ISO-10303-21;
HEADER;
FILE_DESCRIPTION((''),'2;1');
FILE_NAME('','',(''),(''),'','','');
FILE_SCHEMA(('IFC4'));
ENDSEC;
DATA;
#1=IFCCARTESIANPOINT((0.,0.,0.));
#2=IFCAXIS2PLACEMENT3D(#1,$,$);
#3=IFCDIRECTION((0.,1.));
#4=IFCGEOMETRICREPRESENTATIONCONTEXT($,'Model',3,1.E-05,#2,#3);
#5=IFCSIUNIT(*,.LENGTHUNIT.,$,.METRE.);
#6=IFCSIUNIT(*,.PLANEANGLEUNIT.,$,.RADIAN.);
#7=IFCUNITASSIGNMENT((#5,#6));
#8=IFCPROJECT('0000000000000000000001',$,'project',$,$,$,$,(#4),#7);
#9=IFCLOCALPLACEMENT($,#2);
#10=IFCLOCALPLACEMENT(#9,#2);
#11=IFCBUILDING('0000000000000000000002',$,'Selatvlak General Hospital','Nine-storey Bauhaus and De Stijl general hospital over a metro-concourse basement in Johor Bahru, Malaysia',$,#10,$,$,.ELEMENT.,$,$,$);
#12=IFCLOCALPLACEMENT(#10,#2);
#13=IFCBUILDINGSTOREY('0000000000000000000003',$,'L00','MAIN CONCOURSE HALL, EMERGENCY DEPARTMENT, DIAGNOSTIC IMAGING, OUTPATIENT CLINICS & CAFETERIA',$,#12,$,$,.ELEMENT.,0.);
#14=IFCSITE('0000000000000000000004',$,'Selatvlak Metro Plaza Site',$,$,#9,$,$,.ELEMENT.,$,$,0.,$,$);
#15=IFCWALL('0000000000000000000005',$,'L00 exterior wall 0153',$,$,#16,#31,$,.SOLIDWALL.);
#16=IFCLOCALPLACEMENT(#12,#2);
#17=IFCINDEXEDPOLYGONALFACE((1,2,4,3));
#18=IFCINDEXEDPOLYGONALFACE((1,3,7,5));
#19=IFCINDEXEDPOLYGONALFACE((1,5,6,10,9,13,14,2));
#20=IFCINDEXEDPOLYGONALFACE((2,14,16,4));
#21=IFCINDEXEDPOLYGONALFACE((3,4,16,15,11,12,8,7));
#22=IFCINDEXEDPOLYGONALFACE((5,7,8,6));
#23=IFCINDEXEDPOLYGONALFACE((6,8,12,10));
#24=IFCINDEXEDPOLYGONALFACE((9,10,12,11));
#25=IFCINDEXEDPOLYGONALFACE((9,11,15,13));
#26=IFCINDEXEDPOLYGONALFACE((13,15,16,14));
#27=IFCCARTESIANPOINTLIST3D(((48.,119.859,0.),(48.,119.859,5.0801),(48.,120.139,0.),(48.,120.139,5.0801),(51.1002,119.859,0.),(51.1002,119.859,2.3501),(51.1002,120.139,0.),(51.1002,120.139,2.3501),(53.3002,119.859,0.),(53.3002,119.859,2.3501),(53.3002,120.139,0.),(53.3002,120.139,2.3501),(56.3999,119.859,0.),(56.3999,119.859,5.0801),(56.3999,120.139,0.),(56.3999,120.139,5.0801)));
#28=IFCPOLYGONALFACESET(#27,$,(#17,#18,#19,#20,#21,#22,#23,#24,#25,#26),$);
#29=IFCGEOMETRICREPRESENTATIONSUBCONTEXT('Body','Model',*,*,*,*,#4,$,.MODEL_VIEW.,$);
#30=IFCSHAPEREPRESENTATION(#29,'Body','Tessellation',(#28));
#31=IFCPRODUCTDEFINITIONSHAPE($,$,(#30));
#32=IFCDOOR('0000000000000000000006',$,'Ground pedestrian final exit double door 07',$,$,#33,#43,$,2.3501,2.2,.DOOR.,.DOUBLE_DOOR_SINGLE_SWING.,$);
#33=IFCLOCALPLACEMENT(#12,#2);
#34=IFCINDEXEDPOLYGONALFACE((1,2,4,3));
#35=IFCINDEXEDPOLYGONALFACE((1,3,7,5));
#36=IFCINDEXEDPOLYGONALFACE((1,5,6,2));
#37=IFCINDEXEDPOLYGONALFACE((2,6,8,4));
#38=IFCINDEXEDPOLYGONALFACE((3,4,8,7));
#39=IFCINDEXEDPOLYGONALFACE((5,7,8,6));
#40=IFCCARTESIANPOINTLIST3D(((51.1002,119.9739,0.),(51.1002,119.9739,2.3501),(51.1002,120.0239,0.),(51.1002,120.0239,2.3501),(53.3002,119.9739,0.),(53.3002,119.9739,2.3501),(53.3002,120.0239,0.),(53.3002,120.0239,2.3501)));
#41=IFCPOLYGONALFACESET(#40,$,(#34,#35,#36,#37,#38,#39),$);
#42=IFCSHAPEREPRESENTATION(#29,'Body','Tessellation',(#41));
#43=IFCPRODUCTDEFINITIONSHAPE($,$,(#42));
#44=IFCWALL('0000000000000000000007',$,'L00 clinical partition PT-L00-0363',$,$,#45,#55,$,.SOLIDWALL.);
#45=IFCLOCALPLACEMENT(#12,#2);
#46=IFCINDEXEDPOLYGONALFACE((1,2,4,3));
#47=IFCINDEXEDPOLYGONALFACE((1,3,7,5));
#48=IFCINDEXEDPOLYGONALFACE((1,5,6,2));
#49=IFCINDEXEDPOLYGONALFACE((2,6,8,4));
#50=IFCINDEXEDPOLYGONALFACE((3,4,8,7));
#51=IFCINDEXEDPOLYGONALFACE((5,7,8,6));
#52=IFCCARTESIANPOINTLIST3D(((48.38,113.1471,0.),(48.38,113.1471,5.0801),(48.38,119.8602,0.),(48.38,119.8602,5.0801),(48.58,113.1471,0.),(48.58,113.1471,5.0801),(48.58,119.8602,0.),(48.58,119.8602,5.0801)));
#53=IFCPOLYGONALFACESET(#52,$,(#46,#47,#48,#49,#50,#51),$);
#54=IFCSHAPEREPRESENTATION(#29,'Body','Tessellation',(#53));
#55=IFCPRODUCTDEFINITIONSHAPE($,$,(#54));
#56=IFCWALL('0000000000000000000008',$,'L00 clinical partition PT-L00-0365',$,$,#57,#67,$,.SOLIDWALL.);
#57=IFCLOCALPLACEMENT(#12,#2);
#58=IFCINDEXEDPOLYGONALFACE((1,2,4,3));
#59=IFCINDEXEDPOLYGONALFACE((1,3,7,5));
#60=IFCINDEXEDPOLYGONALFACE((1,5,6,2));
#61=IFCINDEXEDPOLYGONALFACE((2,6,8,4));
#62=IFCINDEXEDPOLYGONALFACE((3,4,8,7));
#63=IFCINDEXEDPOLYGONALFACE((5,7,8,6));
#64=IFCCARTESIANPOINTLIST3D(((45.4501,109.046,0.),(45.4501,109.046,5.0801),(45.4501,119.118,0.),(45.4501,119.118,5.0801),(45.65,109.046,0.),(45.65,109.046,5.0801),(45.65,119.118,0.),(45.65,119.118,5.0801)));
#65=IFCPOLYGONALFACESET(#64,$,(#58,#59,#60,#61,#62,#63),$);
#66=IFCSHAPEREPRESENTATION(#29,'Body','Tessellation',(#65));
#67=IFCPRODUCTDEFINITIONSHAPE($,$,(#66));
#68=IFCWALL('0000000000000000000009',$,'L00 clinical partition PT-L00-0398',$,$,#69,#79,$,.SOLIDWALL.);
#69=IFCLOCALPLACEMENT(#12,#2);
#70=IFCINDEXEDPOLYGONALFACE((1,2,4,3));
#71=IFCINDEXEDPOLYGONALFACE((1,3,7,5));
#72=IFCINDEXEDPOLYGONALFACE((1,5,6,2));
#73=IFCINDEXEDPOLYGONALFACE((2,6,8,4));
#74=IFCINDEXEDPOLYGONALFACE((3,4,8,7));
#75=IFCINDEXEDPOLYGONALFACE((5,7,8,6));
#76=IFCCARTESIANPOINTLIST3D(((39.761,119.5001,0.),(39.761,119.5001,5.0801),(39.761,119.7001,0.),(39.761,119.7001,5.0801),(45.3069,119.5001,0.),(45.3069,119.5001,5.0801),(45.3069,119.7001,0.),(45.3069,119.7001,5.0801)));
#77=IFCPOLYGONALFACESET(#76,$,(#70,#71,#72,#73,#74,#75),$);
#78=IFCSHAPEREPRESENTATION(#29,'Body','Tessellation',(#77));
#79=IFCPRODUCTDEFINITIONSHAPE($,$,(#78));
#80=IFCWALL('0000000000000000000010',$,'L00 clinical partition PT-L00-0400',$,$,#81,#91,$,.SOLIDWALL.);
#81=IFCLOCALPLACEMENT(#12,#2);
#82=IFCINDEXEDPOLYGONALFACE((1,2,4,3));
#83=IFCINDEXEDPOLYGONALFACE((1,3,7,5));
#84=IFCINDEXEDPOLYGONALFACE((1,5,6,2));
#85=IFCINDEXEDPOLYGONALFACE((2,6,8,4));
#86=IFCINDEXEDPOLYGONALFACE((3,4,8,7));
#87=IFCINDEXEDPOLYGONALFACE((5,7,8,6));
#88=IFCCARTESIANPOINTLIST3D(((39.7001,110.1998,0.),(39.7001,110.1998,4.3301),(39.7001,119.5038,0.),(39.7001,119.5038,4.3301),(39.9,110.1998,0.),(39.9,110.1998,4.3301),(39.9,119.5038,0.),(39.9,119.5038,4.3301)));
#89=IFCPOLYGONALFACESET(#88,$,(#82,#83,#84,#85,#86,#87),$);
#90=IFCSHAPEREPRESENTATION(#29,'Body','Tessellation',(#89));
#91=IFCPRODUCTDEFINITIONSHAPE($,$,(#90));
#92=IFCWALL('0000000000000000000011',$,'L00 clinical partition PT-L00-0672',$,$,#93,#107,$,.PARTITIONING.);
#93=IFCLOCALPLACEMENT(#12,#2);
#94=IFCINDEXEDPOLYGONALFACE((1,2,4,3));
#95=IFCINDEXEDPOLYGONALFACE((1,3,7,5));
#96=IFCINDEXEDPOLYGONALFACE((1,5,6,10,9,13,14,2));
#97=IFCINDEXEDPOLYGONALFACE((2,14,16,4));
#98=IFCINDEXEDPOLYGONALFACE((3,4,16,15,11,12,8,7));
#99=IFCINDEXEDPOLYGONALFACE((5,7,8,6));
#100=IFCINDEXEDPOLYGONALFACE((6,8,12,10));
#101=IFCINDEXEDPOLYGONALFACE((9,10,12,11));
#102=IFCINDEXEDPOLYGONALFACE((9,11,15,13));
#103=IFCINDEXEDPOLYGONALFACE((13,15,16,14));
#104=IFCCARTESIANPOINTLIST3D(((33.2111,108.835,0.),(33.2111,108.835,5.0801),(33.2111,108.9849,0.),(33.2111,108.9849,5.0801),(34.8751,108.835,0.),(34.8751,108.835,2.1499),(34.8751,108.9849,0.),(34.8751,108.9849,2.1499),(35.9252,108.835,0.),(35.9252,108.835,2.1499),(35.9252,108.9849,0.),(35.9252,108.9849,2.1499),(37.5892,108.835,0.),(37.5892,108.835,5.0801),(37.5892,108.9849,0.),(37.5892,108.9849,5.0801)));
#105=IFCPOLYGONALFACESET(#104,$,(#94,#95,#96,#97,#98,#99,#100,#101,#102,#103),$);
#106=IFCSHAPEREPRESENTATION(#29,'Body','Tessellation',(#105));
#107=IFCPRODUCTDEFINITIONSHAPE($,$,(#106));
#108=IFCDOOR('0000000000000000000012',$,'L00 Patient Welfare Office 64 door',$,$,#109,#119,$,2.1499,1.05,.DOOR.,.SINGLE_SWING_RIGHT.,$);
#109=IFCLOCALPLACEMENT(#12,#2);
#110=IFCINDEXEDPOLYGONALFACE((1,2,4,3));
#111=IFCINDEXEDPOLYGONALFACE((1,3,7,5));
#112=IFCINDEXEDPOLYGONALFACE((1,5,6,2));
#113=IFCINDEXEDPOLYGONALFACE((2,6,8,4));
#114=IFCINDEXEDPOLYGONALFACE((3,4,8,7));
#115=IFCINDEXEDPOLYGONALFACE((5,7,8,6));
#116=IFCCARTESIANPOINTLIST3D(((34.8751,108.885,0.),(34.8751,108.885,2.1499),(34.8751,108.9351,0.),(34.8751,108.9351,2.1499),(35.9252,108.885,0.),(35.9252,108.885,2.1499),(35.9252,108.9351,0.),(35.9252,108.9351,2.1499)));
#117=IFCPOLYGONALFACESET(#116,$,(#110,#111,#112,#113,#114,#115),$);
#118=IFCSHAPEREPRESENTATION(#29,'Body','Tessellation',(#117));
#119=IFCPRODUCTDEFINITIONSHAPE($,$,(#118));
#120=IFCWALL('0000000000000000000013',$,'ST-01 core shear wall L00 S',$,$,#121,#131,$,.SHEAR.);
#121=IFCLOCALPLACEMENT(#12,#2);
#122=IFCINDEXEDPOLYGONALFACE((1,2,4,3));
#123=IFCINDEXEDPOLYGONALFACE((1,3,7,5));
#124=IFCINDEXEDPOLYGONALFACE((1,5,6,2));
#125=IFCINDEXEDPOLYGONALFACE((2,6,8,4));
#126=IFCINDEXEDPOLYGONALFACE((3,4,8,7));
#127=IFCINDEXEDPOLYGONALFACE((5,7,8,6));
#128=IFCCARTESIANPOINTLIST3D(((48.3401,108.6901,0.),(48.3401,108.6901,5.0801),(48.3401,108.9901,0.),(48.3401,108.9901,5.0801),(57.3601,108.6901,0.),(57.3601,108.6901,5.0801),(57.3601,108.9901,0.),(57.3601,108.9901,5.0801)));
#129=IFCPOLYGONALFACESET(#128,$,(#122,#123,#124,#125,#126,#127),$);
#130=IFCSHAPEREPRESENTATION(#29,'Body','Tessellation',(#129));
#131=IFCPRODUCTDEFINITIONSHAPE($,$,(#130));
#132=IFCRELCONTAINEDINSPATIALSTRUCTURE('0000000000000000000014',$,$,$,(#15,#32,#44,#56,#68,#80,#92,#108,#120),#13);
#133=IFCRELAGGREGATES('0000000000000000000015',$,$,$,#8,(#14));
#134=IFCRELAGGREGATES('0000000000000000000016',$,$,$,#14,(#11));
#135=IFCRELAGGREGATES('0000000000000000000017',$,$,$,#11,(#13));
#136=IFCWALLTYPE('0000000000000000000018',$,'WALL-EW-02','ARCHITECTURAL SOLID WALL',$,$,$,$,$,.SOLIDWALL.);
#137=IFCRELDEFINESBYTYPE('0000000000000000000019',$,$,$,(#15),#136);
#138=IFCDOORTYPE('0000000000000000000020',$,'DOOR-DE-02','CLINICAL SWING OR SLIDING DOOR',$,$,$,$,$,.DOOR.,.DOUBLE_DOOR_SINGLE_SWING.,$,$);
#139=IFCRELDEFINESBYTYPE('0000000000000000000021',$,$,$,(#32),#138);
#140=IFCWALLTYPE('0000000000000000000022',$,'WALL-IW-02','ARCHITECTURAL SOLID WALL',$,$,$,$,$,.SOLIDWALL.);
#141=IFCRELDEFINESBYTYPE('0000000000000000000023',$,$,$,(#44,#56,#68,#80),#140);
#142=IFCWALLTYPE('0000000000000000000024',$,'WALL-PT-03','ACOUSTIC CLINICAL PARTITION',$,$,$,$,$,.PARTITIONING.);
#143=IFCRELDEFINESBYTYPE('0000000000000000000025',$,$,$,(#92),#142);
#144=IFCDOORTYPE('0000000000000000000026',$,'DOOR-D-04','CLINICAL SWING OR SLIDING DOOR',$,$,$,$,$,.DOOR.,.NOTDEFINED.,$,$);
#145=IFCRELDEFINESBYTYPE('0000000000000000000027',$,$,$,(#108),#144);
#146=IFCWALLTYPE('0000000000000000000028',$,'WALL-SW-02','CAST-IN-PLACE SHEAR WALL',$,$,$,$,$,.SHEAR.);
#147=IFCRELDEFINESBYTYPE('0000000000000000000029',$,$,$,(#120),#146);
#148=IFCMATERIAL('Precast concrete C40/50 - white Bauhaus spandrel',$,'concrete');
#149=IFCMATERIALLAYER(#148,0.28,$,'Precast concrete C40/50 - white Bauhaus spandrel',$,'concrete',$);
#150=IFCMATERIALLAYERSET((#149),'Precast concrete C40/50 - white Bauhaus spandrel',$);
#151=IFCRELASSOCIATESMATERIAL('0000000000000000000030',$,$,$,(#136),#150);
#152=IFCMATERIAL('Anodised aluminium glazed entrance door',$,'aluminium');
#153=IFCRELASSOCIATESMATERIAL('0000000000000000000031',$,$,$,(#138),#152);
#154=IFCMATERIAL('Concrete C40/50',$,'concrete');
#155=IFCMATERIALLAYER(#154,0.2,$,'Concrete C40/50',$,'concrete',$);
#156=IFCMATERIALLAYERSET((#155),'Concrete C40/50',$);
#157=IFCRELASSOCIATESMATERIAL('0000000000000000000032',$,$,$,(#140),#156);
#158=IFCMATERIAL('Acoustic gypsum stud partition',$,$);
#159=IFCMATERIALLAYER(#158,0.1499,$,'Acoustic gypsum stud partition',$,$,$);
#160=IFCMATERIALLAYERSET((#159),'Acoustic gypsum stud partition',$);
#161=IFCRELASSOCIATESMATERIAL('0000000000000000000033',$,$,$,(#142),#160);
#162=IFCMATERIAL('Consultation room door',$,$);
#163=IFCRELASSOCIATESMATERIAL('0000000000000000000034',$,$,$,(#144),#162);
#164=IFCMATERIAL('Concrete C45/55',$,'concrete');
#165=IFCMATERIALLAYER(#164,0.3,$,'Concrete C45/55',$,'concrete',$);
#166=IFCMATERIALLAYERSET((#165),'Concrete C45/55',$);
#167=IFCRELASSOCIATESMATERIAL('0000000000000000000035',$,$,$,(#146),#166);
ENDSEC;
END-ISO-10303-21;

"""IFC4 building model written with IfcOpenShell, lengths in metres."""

from ifc_helpers import new_model, si_unit, direction, frame, frame_2d, origin, place, context, subcontext, project, spatial, rectangle, extrude, material, layer, layer_set, type_object, element, fill, save


model = new_model("IFC4")

# Units and contexts
model_context = context("Model", 3, precision=1e-05, world=origin(), true_north=direction((0.0, 1.0)))
body_context = subcontext(model_context, "Body", "Model", "MODEL_VIEW")
ifc_project = project(units=[si_unit("LENGTHUNIT", "METRE"), si_unit("PLANEANGLEUNIT", "RADIAN")], contexts=[model_context])

# Site, building, storey
site_placement = place(None, origin())
site = spatial("IfcSite", under=ifc_project, at=site_placement, Name="Selatvlak Metro Plaza Site", CompositionType="ELEMENT", RefElevation=0.0)
building_placement = place(site_placement, origin())
building = spatial("IfcBuilding", under=site, at=building_placement, Name="Selatvlak General Hospital", Description="Nine-storey Bauhaus and De Stijl general hospital over a metro-concourse basement in Johor Bahru, Malaysia", CompositionType="ELEMENT")
storey_placement = place(building_placement, origin())
storey = spatial("IfcBuildingStorey", under=building, at=storey_placement, Name="L00", Description="MAIN CONCOURSE HALL, EMERGENCY DEPARTMENT, DIAGNOSTIC IMAGING, OUTPATIENT CLINICS & CAFETERIA", CompositionType="ELEMENT", Elevation=0.0)

# Shared definitions
ifc_material_1 = material(Name="Concrete C40/50", Category="concrete")

# Wall, opening, door
ifc_material_2 = material(Name="Precast concrete C40/50 - white Bauhaus spandrel", Category="concrete")
ifc_layer_1 = layer(ifc_material_2, 0.28, Name="Precast concrete C40/50 - white Bauhaus spandrel", Category="concrete")
ifc_layer_set_1 = layer_set([ifc_layer_1], Name="Precast concrete C40/50 - white Bauhaus spandrel")
wall_type_1 = type_object("IfcWallType", Name="WALL-EW-02", Description="ARCHITECTURAL SOLID WALL", PredefinedType="SOLIDWALL", material=ifc_layer_set_1)
wall_1_placement = place(storey_placement, frame((48.0, 119.999, 0.0), z_axis=(0.0, 0.0, 1.0), x_axis=(1.0, 0.0, 0.0)))
wall_1 = element("IfcWall", 1, at=wall_1_placement, inside=storey, type_object=wall_type_1, Name="L00 exterior wall 0153", PredefinedType="SOLIDWALL", context=body_context, shape_type="SweptSolid", body=[
    extrude(rectangle(XDim=8.3999, YDim=0.28, at=frame_2d((4.2, 0.0))), origin(), (0.0, 0.0, 1.0), 5.0801),
])
opening_1_placement = place(wall_1_placement, frame((3.1001, 0.0, 0.0)))
opening_1 = element("IfcOpeningElement", 2, at=opening_1_placement, cuts=wall_1, PredefinedType="OPENING", context=body_context, shape_type="SweptSolid", body=[
    extrude(rectangle(XDim=2.2, YDim=2.3501, at=frame_2d((1.1001, 1.175))), frame((0.0, 0.1499, 0.0), z_axis=(0.0, -1.0, 0.0), x_axis=(1.0, 0.0, 0.0)), (0.0, 0.0, 1.0), 0.3),
])
ifc_material_3 = material(Name="Anodised aluminium glazed entrance door", Category="aluminium")
door_type_1 = type_object("IfcDoorType", Name="DOOR-DE-02", Description="CLINICAL SWING OR SLIDING DOOR", OperationType="DOUBLE_DOOR_SINGLE_SWING", PredefinedType="DOOR", material=ifc_material_3)
door_1_placement = place(opening_1_placement, origin())
door_1 = element("IfcDoor", 3, at=door_1_placement, inside=storey, type_object=door_type_1, Name="Ground pedestrian final exit double door 07", OperationType="DOUBLE_DOOR_SINGLE_SWING", OverallHeight=2.3501, OverallWidth=2.2, PredefinedType="DOOR", context=body_context, shape_type="SweptSolid", body=[
    extrude(rectangle(XDim=2.2, YDim=2.3501, at=frame_2d((1.1001, 1.175))), frame((0.0, 0.0249, 0.0), z_axis=(0.0, -1.0, 0.0), x_axis=(1.0, 0.0, 0.0)), (0.0, 0.0, 1.0), 0.05),
])
fill(opening_1, door_1)

# Wall
ifc_layer_2 = layer(ifc_material_1, 0.2, Name="Concrete C40/50", Category="concrete")
ifc_layer_set_2 = layer_set([ifc_layer_2], Name="Concrete C40/50")
wall_type_2 = type_object("IfcWallType", Name="WALL-IW-02", Description="ARCHITECTURAL SOLID WALL", PredefinedType="SOLIDWALL", material=ifc_layer_set_2)
wall_2_placement = place(storey_placement, frame((48.48, 119.8601, 0.0), z_axis=(0.0, 0.0, 1.0), x_axis=(0.0, -1.0, 0.0)))
element("IfcWall", 4, at=wall_2_placement, inside=storey, type_object=wall_type_2, Name="L00 clinical partition PT-L00-0363", PredefinedType="SOLIDWALL", context=body_context, shape_type="SweptSolid", body=[
    extrude(rectangle(XDim=6.7131, YDim=0.2, at=frame_2d((3.3564, 0.0))), origin(), (0.0, 0.0, 1.0), 5.0801),
])

# Walls
wall_3_placement = place(storey_placement, frame((45.55, 109.0459, 0.0), z_axis=(0.0, 0.0, 1.0), x_axis=(0.0, 1.0, 0.0)))
element("IfcWall", 5, at=wall_3_placement, inside=storey, type_object=wall_type_2, Name="L00 clinical partition PT-L00-0365", PredefinedType="SOLIDWALL", context=body_context, shape_type="SweptSolid", body=[
    extrude(rectangle(XDim=10.072, YDim=0.2, at=frame_2d((5.0361, 0.0))), origin(), (0.0, 0.0, 1.0), 5.0801),
])
wall_4_placement = place(storey_placement, frame((39.761, 119.6001, 0.0), z_axis=(0.0, 0.0, 1.0), x_axis=(1.0, 0.0, 0.0)))
element("IfcWall", 6, at=wall_4_placement, inside=storey, type_object=wall_type_2, Name="L00 clinical partition PT-L00-0398", PredefinedType="SOLIDWALL", context=body_context, shape_type="SweptSolid", body=[
    extrude(rectangle(XDim=5.5459, YDim=0.2, at=frame_2d((2.7729, 0.0))), origin(), (0.0, 0.0, 1.0), 5.0801),
])

# Wall
wall_5_placement = place(storey_placement, frame((39.8, 110.2, 0.0), z_axis=(0.0, 0.0, 1.0), x_axis=(0.0, 1.0, 0.0)))
element("IfcWall", 7, at=wall_5_placement, inside=storey, type_object=wall_type_2, Name="L00 clinical partition PT-L00-0400", PredefinedType="SOLIDWALL", context=body_context, shape_type="SweptSolid", body=[
    extrude(rectangle(XDim=9.304, YDim=0.2, at=frame_2d((4.6519, 0.0))), origin(), (0.0, 0.0, 1.0), 4.3301),
])

# Wall, opening, door
ifc_material_4 = material(Name="Acoustic gypsum stud partition")
ifc_layer_3 = layer(ifc_material_4, 0.1499, Name="Acoustic gypsum stud partition")
ifc_layer_set_3 = layer_set([ifc_layer_3], Name="Acoustic gypsum stud partition")
wall_type_3 = type_object("IfcWallType", Name="WALL-PT-03", Description="ACOUSTIC CLINICAL PARTITION", PredefinedType="PARTITIONING", material=ifc_layer_set_3)
wall_6_placement = place(storey_placement, frame((37.5891, 108.9099, 0.0), z_axis=(0.0, 0.0, 1.0), x_axis=(-1.0, 0.0, 0.0)))
wall_6 = element("IfcWall", 8, at=wall_6_placement, inside=storey, type_object=wall_type_3, Name="L00 clinical partition PT-L00-0672", PredefinedType="PARTITIONING", context=body_context, shape_type="SweptSolid", body=[
    extrude(rectangle(XDim=4.3782, YDim=0.1499, at=frame_2d((2.189, 0.0))), origin(), (0.0, 0.0, 1.0), 5.0801),
])
opening_2_placement = place(wall_6_placement, frame((1.6641, 0.0, 0.0)))
opening_2 = element("IfcOpeningElement", 9, at=opening_2_placement, cuts=wall_6, PredefinedType="OPENING", context=body_context, shape_type="SweptSolid", body=[
    extrude(rectangle(XDim=1.05, YDim=2.1499, at=frame_2d((0.5249, 1.075))), frame((0.0, 0.085, 0.0), z_axis=(0.0, -1.0, 0.0), x_axis=(1.0, 0.0, 0.0)), (0.0, 0.0, 1.0), 0.1699),
])
ifc_material_5 = material(Name="Consultation room door")
door_type_2 = type_object("IfcDoorType", Name="DOOR-D-04", Description="CLINICAL SWING OR SLIDING DOOR", OperationType="NOTDEFINED", PredefinedType="DOOR", material=ifc_material_5)
door_2_placement = place(opening_2_placement, origin())
door_2 = element("IfcDoor", 10, at=door_2_placement, inside=storey, type_object=door_type_2, Name="L00 Patient Welfare Office 64 door", OperationType="SINGLE_SWING_RIGHT", OverallHeight=2.1499, OverallWidth=1.05, PredefinedType="DOOR", context=body_context, shape_type="SweptSolid", body=[
    extrude(rectangle(XDim=1.05, YDim=2.1499, at=frame_2d((0.5249, 1.075))), frame((0.0, 0.0249, 0.0), z_axis=(0.0, -1.0, 0.0), x_axis=(1.0, 0.0, 0.0)), (0.0, 0.0, 1.0), 0.05),
])
fill(opening_2, door_2)

# Wall
ifc_material_6 = material(Name="Concrete C45/55", Category="concrete")
ifc_layer_4 = layer(ifc_material_6, 0.3, Name="Concrete C45/55", Category="concrete")
ifc_layer_set_4 = layer_set([ifc_layer_4], Name="Concrete C45/55")
wall_type_4 = type_object("IfcWallType", Name="WALL-SW-02", Description="CAST-IN-PLACE SHEAR WALL", PredefinedType="SHEAR", material=ifc_layer_set_4)
wall_7_placement = place(storey_placement, frame((48.3401, 108.8401, 0.0), z_axis=(0.0, 0.0, 1.0), x_axis=(1.0, 0.0, 0.0)))
element("IfcWall", 11, at=wall_7_placement, inside=storey, type_object=wall_type_4, Name="ST-01 core shear wall L00 S", PredefinedType="SHEAR", context=body_context, shape_type="SweptSolid", body=[
    extrude(rectangle(XDim=9.02, YDim=0.3, at=frame_2d((4.51, 0.0))), origin(), (0.0, 0.0, 1.0), 5.0801),
])

save(model, "model.ifc")
